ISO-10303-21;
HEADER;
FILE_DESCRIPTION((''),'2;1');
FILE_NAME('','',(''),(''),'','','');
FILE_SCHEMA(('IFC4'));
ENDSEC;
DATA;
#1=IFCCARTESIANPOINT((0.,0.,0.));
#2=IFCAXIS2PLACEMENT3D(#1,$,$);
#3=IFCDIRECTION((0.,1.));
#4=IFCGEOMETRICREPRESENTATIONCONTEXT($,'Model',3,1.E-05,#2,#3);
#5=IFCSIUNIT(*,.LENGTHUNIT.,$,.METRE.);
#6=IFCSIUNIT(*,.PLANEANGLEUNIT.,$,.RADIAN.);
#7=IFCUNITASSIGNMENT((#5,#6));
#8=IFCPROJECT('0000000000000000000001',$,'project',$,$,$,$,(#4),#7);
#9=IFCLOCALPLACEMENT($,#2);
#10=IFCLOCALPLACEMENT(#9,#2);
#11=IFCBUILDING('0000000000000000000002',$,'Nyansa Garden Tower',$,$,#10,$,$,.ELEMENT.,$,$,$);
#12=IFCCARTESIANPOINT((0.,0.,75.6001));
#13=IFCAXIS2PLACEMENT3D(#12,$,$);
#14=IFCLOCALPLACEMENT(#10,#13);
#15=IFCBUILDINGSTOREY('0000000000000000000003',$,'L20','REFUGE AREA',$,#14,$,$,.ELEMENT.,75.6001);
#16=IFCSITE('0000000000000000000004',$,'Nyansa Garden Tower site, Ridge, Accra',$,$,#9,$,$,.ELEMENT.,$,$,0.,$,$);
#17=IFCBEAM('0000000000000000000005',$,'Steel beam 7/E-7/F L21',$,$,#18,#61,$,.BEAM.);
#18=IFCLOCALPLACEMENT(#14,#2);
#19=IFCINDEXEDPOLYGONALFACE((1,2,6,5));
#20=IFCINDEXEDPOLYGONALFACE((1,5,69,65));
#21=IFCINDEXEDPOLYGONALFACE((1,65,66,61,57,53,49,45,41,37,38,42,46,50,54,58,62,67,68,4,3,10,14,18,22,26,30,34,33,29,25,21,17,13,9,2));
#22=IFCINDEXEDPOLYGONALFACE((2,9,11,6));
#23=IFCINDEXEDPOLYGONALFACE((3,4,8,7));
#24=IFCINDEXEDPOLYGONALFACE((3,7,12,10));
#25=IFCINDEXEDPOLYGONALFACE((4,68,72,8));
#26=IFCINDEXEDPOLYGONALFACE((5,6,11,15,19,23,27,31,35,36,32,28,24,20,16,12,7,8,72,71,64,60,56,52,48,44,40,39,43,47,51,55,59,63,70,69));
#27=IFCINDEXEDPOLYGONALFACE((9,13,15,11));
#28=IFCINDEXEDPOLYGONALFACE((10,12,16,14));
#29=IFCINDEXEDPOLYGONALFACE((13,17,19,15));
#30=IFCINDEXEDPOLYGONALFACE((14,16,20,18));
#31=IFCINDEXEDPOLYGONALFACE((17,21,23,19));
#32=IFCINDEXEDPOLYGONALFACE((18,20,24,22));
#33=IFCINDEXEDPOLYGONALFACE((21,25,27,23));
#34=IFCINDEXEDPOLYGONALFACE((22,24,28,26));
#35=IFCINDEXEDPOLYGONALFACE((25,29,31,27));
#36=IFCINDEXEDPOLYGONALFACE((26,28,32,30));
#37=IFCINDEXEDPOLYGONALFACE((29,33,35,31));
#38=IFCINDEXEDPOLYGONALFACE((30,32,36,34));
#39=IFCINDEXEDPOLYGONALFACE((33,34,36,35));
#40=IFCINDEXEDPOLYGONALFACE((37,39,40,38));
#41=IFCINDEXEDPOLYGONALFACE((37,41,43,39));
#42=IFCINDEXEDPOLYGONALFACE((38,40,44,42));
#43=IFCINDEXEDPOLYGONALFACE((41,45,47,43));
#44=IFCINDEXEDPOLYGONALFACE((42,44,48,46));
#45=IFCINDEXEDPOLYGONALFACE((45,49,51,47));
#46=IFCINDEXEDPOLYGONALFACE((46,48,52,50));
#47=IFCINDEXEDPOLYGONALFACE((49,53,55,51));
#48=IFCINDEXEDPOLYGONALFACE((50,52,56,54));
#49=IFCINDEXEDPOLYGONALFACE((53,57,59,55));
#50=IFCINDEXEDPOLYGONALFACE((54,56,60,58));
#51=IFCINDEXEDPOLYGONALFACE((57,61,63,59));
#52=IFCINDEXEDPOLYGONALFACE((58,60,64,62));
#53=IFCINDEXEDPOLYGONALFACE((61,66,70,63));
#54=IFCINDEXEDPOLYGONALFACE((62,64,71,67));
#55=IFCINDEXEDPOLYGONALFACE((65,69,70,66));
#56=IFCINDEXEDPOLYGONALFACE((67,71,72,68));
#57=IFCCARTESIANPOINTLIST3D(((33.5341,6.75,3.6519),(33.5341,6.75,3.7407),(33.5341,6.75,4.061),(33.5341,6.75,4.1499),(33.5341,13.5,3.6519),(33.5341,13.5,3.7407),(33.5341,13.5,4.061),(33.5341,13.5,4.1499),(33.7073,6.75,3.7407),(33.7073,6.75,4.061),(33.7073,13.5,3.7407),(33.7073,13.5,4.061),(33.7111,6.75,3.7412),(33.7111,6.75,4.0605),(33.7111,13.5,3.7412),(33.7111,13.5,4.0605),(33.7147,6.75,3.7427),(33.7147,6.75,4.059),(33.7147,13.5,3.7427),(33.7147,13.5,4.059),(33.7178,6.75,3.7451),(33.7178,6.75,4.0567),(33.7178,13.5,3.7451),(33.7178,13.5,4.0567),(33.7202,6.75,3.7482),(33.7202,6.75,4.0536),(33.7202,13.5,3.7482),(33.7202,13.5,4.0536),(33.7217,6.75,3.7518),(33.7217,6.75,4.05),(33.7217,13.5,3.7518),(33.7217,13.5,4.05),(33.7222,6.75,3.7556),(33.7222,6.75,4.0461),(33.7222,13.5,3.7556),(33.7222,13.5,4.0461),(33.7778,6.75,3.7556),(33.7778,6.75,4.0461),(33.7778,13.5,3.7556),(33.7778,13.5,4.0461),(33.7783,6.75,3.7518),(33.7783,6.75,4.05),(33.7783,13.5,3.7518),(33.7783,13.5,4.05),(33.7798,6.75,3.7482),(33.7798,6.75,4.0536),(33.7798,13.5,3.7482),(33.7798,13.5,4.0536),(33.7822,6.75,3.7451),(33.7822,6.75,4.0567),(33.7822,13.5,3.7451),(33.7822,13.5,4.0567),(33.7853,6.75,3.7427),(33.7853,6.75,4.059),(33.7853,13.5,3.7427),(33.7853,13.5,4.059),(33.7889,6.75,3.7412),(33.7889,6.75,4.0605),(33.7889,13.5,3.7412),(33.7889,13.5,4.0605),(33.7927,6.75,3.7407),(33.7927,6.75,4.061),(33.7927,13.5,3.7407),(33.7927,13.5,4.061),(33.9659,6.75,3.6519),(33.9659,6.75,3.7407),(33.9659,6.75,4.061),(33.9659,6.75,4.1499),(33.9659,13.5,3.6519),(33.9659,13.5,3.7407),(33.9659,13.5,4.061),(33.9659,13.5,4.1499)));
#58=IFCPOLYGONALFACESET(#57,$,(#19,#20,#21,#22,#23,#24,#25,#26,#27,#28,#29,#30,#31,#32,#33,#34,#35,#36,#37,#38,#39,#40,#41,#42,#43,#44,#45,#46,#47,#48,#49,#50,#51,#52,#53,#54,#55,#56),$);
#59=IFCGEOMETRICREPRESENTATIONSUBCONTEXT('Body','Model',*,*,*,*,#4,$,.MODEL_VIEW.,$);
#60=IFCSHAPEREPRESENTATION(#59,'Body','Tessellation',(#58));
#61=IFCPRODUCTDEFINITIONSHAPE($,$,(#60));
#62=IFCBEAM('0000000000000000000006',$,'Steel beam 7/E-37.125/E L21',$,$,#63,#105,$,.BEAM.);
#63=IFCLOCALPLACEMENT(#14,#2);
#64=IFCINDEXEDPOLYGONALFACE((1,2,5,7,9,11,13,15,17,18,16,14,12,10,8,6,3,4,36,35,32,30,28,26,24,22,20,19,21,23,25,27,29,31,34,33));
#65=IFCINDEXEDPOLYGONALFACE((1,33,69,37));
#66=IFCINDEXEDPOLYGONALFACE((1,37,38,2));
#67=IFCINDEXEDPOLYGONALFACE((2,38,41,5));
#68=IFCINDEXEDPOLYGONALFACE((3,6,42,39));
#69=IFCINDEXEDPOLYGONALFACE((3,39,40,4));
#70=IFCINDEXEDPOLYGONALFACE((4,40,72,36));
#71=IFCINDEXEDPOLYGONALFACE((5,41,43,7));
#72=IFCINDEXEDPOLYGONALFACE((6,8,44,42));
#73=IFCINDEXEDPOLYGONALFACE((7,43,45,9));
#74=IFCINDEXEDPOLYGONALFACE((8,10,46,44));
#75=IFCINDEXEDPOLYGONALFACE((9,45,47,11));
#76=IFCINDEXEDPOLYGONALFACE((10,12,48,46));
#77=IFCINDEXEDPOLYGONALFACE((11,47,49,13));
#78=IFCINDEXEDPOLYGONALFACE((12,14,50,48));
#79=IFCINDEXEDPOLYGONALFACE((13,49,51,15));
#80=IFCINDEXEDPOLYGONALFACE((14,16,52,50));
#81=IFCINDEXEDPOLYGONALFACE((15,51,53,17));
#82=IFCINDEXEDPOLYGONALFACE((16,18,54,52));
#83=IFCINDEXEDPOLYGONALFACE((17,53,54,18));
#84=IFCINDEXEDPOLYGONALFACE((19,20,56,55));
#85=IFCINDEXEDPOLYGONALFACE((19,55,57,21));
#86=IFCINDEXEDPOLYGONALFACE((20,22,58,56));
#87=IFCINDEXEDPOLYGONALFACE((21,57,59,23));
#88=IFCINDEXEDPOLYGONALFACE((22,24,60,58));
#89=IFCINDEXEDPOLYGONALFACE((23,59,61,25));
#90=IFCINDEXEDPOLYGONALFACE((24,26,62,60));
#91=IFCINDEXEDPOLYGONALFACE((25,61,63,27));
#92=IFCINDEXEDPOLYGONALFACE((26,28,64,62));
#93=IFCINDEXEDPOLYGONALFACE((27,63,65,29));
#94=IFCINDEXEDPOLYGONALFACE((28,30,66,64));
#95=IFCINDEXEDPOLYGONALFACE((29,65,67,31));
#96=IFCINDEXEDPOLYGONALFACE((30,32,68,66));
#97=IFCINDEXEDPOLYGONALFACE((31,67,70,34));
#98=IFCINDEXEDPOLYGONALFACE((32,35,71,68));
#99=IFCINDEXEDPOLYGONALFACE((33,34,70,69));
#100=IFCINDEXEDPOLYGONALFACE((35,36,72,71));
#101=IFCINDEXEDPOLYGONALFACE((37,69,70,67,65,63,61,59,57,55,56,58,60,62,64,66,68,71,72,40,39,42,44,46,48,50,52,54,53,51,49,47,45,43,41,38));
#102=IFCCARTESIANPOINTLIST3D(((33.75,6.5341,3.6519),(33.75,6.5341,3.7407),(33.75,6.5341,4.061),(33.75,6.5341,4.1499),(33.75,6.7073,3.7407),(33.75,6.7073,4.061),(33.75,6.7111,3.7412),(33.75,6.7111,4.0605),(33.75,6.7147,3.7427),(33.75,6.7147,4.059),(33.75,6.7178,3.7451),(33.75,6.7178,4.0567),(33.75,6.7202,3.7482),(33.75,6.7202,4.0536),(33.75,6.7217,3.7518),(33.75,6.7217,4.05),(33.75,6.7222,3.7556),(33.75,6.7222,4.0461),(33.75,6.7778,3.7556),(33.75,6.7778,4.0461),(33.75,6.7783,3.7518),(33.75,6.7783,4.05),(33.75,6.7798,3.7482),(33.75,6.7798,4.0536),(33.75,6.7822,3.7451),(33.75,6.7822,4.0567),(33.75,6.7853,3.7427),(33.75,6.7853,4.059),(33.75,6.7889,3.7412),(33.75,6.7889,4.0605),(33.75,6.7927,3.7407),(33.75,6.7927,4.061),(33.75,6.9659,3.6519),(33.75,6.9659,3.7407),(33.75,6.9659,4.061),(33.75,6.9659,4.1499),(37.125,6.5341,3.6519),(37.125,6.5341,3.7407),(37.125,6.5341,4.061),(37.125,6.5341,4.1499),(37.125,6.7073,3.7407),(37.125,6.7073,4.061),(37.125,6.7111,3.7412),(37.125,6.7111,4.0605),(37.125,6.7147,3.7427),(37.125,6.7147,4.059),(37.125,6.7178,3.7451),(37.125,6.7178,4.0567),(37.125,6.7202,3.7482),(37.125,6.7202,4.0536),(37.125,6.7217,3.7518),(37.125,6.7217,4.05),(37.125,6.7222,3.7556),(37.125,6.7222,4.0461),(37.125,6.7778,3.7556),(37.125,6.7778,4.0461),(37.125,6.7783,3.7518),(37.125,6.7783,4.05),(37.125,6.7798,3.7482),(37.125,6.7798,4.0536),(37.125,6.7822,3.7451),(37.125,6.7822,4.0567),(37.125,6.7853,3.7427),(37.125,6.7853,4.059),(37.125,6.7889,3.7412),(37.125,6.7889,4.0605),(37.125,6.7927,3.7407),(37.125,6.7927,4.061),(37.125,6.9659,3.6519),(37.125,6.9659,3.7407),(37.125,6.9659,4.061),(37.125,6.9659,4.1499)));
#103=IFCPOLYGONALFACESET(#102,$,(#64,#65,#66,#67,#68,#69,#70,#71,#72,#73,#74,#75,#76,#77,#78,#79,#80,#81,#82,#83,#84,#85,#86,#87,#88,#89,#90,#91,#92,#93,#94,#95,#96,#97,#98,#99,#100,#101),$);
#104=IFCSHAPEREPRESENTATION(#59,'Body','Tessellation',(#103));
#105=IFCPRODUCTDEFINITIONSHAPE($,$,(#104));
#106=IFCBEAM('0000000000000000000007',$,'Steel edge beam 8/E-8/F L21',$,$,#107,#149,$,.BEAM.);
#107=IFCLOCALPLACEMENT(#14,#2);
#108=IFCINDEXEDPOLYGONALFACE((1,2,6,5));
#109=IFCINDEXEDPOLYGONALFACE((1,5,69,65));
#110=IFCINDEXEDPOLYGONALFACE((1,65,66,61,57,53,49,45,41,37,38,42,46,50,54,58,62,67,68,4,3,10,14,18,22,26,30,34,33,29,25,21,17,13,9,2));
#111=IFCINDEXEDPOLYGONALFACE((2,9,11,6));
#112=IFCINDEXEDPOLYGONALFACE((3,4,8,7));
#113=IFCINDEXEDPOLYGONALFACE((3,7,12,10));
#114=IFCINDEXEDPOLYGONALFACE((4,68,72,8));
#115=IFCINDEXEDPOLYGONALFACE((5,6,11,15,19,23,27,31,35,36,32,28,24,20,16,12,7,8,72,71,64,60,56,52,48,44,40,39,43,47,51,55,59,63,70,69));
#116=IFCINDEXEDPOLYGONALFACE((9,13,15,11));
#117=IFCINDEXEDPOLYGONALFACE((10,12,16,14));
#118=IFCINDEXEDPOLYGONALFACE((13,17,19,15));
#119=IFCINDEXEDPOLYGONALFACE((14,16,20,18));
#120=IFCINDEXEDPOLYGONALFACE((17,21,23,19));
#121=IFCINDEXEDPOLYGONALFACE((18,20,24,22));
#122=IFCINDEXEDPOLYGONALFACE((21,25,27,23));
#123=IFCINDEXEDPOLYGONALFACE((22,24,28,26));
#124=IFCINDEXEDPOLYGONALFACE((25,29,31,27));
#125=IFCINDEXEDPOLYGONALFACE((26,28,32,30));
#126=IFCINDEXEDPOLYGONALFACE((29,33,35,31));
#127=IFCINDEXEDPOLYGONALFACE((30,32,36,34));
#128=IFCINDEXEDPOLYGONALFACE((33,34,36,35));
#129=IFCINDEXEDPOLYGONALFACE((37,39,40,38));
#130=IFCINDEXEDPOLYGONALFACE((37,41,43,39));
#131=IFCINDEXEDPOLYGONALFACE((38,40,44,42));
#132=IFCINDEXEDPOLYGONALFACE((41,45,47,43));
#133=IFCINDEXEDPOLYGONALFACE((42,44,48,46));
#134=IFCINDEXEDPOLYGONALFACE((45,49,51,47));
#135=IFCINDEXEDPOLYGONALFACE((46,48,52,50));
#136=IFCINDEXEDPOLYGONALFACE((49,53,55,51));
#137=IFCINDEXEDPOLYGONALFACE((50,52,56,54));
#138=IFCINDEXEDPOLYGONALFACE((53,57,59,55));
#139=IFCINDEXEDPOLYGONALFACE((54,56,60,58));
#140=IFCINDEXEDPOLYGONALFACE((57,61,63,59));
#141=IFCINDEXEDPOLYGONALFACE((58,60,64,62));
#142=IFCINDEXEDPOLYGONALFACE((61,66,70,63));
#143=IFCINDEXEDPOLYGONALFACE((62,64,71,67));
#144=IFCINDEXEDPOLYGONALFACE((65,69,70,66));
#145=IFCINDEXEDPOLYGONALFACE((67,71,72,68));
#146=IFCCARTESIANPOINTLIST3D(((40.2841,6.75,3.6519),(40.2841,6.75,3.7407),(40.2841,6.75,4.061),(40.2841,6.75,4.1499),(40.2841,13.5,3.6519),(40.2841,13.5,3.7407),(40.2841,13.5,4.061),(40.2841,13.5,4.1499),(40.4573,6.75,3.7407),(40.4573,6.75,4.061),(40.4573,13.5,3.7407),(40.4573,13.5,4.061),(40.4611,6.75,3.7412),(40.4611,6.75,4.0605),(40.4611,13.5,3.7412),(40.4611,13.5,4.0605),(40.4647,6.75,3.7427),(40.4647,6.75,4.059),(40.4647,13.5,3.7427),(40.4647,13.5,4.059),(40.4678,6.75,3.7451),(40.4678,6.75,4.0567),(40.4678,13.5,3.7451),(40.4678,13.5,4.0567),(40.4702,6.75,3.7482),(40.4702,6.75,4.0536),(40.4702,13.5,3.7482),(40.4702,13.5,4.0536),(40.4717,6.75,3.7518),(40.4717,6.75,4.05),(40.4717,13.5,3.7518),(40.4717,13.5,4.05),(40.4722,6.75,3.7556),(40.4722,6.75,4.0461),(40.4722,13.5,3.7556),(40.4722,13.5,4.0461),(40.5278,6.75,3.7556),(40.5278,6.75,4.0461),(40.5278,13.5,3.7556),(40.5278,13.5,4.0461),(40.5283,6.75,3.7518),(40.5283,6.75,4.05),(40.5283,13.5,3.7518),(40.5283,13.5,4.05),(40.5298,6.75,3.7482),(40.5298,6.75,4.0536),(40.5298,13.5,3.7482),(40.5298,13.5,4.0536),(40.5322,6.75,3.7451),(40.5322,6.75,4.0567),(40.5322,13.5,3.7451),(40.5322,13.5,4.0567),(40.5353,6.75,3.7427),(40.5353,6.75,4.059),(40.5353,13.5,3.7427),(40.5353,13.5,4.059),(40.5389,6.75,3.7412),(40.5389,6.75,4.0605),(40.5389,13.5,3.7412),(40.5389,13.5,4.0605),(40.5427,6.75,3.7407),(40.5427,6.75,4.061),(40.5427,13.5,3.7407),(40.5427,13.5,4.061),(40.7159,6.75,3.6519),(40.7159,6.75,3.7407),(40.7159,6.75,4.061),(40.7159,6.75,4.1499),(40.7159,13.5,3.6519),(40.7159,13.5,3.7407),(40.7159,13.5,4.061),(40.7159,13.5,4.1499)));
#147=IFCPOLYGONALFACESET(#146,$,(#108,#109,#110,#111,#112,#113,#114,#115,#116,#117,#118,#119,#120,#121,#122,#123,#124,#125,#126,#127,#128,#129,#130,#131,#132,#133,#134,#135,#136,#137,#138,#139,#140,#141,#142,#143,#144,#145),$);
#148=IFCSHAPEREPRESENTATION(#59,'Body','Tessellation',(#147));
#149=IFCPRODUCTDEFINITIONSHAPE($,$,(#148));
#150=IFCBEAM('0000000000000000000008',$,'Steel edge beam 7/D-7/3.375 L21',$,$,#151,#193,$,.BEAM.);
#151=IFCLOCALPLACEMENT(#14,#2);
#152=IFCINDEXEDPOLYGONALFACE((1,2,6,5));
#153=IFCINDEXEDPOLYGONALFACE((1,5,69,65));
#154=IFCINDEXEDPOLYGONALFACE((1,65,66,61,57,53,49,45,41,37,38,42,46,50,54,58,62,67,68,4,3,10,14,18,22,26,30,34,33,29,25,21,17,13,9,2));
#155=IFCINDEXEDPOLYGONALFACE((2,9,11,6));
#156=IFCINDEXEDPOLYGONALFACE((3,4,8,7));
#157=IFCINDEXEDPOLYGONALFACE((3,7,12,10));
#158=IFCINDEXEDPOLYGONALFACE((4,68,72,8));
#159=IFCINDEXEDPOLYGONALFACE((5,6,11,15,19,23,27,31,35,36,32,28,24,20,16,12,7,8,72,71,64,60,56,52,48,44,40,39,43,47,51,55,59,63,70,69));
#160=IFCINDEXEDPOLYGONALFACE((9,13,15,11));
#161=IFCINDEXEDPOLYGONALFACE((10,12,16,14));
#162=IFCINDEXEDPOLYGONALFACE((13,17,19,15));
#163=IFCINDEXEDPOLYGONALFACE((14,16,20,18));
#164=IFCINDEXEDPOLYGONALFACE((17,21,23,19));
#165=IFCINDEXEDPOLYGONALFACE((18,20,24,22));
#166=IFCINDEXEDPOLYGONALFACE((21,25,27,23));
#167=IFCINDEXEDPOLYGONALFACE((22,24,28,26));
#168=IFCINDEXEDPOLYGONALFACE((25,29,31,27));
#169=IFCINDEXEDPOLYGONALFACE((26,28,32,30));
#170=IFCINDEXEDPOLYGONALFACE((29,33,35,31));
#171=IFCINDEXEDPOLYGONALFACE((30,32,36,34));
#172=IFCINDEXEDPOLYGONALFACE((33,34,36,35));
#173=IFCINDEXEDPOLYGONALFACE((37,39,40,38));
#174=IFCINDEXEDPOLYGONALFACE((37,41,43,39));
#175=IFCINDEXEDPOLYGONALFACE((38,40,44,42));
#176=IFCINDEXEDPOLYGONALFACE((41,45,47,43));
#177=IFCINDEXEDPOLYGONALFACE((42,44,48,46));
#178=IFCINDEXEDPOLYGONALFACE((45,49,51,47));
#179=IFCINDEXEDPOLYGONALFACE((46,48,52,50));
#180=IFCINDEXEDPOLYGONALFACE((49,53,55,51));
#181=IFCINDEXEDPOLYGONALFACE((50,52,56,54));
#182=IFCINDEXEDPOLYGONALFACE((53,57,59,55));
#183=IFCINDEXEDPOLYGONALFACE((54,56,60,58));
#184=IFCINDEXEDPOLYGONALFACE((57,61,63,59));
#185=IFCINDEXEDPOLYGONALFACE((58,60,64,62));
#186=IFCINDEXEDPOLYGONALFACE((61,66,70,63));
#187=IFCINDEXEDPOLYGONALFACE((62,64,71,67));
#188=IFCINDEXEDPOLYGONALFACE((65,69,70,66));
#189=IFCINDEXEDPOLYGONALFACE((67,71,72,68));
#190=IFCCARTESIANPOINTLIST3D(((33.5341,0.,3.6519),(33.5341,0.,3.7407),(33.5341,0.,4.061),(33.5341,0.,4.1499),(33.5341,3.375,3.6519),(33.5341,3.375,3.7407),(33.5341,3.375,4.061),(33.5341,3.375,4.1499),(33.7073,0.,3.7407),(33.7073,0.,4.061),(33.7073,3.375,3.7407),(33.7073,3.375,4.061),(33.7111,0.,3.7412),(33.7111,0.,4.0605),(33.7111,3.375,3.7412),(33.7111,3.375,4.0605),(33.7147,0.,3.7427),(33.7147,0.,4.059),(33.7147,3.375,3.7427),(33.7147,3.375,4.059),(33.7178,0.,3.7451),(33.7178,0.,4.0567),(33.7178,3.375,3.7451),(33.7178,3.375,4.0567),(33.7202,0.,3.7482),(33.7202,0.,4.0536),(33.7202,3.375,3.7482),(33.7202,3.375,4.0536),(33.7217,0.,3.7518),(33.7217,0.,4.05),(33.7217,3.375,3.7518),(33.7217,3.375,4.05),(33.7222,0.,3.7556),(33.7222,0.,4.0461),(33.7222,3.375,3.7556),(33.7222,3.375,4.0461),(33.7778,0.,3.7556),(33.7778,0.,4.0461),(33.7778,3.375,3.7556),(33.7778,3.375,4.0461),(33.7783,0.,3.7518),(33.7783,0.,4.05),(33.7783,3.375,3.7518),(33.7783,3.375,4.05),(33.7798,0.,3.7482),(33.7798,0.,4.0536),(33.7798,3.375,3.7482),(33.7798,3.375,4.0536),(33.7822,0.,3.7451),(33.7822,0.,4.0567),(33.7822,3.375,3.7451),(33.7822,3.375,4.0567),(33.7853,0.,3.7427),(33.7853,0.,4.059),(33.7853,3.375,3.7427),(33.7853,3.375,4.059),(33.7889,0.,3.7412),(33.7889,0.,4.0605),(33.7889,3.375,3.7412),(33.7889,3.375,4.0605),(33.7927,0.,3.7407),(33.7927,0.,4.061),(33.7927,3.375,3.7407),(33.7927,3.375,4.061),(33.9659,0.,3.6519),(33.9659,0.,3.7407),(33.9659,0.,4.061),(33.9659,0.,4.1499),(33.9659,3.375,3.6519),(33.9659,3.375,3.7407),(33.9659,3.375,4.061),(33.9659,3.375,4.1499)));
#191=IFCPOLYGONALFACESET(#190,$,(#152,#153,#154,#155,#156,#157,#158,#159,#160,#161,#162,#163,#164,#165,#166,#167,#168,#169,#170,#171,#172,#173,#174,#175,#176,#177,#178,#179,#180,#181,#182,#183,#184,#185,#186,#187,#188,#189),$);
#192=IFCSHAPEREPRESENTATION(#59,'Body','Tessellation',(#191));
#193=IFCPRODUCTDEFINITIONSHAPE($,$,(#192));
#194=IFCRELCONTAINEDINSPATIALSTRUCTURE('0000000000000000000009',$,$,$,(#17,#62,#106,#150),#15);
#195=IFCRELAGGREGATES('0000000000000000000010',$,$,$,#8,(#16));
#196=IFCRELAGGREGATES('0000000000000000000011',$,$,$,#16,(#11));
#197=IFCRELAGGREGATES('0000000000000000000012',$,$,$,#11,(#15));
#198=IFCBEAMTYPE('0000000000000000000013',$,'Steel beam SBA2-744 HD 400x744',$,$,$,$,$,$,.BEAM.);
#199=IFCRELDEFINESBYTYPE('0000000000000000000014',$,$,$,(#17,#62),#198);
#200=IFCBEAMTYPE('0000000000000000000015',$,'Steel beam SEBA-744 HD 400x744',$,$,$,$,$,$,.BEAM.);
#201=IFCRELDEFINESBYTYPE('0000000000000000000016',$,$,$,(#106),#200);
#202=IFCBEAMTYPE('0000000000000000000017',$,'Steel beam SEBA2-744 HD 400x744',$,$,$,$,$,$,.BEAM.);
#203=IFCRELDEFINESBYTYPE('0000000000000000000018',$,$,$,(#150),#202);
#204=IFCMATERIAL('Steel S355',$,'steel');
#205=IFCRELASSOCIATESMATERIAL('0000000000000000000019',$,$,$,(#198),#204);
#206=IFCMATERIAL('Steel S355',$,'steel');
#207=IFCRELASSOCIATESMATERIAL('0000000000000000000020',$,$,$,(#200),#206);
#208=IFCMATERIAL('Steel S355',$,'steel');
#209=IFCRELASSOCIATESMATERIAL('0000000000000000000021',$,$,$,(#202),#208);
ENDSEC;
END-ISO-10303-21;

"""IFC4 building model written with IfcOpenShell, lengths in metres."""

from ifc_helpers import new_model, si_unit, direction, frame, origin, origin_2d, place, context, subcontext, project, spatial, i_section, extrude, material, material_profile, profile_set, type_object, element, save


model = new_model("IFC4")

# Units and contexts
model_context = context("Model", 3, precision=1e-05, world=origin(), true_north=direction((0.0, 1.0)))
body_context = subcontext(model_context, "Body", "Model", "MODEL_VIEW")
ifc_project = project(units=[si_unit("LENGTHUNIT", "METRE"), si_unit("PLANEANGLEUNIT", "RADIAN")], contexts=[model_context])

# Site, building, storey
site_placement = place(None, origin())
site = spatial("IfcSite", under=ifc_project, at=site_placement, Name="Nyansa Garden Tower site, Ridge, Accra", CompositionType="ELEMENT", RefElevation=0.0)
building_placement = place(site_placement, origin())
building = spatial("IfcBuilding", under=site, at=building_placement, Name="Nyansa Garden Tower", CompositionType="ELEMENT")
storey_placement = place(building_placement, frame((0.0, 0.0, 75.6001)))
storey = spatial("IfcBuildingStorey", under=building, at=storey_placement, Name="L20", Description="REFUGE AREA", CompositionType="ELEMENT", Elevation=75.6001)

# Beams
ifc_material_1 = material(Name="Steel S355", Category="steel")
ifc_material_profile_1 = material_profile(ifc_material_1, i_section(OverallWidth=0.4319, OverallDepth=0.498, WebThickness=0.0557, FlangeThickness=0.0889, FilletRadius=0.0149, at=origin_2d()), Name="HD 400x744")
ifc_profile_set_1 = profile_set([ifc_material_profile_1], Name="Steel S355")
beam_type_1 = type_object("IfcBeamType", Name="Steel beam SBA2-744 HD 400x744", PredefinedType="BEAM", material=ifc_profile_set_1)
beam_1_placement = place(storey_placement, frame((33.75, 6.75, 3.9009), z_axis=(0.0, 1.0, 0.0), x_axis=(-1.0, 0.0, 0.0)))
element("IfcBeam", 1, at=beam_1_placement, inside=storey, type_object=beam_type_1, Name="Steel beam 7/E-7/F L21", PredefinedType="BEAM", context=body_context, shape_type="SweptSolid", body=[
    extrude(i_section(OverallWidth=0.4319, OverallDepth=0.498, WebThickness=0.0557, FlangeThickness=0.0889, FilletRadius=0.0149, at=origin_2d()), origin(), (0.0, 0.0, 1.0), 6.75),
])
beam_2_placement = place(storey_placement, frame((33.75, 6.75, 3.9009), z_axis=(1.0, 0.0, 0.0), x_axis=(0.0, 1.0, 0.0)))
element("IfcBeam", 2, at=beam_2_placement, inside=storey, type_object=beam_type_1, Name="Steel beam 7/E-37.125/E L21", PredefinedType="BEAM", context=body_context, shape_type="SweptSolid", body=[
    extrude(i_section(OverallWidth=0.4319, OverallDepth=0.498, WebThickness=0.0557, FlangeThickness=0.0889, FilletRadius=0.0149, at=origin_2d()), origin(), (0.0, 0.0, 1.0), 3.375),
])
ifc_material_2 = material(Name="Steel S355", Category="steel")
ifc_material_profile_2 = material_profile(ifc_material_2, i_section(OverallWidth=0.4319, OverallDepth=0.498, WebThickness=0.0557, FlangeThickness=0.0889, FilletRadius=0.0149, at=origin_2d()), Name="HD 400x744")
ifc_profile_set_2 = profile_set([ifc_material_profile_2], Name="Steel S355")
beam_type_2 = type_object("IfcBeamType", Name="Steel beam SEBA-744 HD 400x744", PredefinedType="BEAM", material=ifc_profile_set_2)
beam_3_placement = place(storey_placement, frame((40.5, 6.75, 3.9009), z_axis=(0.0, 1.0, 0.0), x_axis=(-1.0, 0.0, 0.0)))
element("IfcBeam", 3, at=beam_3_placement, inside=storey, type_object=beam_type_2, Name="Steel edge beam 8/E-8/F L21", PredefinedType="BEAM", context=body_context, shape_type="SweptSolid", body=[
    extrude(i_section(OverallWidth=0.4319, OverallDepth=0.498, WebThickness=0.0557, FlangeThickness=0.0889, FilletRadius=0.0149, at=origin_2d()), origin(), (0.0, 0.0, 1.0), 6.75),
])
ifc_material_3 = material(Name="Steel S355", Category="steel")
ifc_material_profile_3 = material_profile(ifc_material_3, i_section(OverallWidth=0.4319, OverallDepth=0.498, WebThickness=0.0557, FlangeThickness=0.0889, FilletRadius=0.0149, at=origin_2d()), Name="HD 400x744")
ifc_profile_set_3 = profile_set([ifc_material_profile_3], Name="Steel S355")
beam_type_3 = type_object("IfcBeamType", Name="Steel beam SEBA2-744 HD 400x744", PredefinedType="BEAM", material=ifc_profile_set_3)
for number, where, z_axis, x_axis, name in (
    (4, (33.75, 0.0, 3.9009), (0.0, 1.0, 0.0), (-1.0, 0.0, 0.0), "Steel edge beam 7/D-7/3.375 L21"),
):
    element("IfcBeam", number, at=place(storey_placement, frame(where, z_axis=z_axis, x_axis=x_axis)), inside=storey, type_object=beam_type_3, Name=name, PredefinedType="BEAM", context=body_context, shape_type="SweptSolid", body=[
        extrude(i_section(OverallWidth=0.4319, OverallDepth=0.498, WebThickness=0.0557, FlangeThickness=0.0889, FilletRadius=0.0149, at=origin_2d()), origin(), (0.0, 0.0, 1.0), 3.375),
    ])

save(model, "model.ifc")
